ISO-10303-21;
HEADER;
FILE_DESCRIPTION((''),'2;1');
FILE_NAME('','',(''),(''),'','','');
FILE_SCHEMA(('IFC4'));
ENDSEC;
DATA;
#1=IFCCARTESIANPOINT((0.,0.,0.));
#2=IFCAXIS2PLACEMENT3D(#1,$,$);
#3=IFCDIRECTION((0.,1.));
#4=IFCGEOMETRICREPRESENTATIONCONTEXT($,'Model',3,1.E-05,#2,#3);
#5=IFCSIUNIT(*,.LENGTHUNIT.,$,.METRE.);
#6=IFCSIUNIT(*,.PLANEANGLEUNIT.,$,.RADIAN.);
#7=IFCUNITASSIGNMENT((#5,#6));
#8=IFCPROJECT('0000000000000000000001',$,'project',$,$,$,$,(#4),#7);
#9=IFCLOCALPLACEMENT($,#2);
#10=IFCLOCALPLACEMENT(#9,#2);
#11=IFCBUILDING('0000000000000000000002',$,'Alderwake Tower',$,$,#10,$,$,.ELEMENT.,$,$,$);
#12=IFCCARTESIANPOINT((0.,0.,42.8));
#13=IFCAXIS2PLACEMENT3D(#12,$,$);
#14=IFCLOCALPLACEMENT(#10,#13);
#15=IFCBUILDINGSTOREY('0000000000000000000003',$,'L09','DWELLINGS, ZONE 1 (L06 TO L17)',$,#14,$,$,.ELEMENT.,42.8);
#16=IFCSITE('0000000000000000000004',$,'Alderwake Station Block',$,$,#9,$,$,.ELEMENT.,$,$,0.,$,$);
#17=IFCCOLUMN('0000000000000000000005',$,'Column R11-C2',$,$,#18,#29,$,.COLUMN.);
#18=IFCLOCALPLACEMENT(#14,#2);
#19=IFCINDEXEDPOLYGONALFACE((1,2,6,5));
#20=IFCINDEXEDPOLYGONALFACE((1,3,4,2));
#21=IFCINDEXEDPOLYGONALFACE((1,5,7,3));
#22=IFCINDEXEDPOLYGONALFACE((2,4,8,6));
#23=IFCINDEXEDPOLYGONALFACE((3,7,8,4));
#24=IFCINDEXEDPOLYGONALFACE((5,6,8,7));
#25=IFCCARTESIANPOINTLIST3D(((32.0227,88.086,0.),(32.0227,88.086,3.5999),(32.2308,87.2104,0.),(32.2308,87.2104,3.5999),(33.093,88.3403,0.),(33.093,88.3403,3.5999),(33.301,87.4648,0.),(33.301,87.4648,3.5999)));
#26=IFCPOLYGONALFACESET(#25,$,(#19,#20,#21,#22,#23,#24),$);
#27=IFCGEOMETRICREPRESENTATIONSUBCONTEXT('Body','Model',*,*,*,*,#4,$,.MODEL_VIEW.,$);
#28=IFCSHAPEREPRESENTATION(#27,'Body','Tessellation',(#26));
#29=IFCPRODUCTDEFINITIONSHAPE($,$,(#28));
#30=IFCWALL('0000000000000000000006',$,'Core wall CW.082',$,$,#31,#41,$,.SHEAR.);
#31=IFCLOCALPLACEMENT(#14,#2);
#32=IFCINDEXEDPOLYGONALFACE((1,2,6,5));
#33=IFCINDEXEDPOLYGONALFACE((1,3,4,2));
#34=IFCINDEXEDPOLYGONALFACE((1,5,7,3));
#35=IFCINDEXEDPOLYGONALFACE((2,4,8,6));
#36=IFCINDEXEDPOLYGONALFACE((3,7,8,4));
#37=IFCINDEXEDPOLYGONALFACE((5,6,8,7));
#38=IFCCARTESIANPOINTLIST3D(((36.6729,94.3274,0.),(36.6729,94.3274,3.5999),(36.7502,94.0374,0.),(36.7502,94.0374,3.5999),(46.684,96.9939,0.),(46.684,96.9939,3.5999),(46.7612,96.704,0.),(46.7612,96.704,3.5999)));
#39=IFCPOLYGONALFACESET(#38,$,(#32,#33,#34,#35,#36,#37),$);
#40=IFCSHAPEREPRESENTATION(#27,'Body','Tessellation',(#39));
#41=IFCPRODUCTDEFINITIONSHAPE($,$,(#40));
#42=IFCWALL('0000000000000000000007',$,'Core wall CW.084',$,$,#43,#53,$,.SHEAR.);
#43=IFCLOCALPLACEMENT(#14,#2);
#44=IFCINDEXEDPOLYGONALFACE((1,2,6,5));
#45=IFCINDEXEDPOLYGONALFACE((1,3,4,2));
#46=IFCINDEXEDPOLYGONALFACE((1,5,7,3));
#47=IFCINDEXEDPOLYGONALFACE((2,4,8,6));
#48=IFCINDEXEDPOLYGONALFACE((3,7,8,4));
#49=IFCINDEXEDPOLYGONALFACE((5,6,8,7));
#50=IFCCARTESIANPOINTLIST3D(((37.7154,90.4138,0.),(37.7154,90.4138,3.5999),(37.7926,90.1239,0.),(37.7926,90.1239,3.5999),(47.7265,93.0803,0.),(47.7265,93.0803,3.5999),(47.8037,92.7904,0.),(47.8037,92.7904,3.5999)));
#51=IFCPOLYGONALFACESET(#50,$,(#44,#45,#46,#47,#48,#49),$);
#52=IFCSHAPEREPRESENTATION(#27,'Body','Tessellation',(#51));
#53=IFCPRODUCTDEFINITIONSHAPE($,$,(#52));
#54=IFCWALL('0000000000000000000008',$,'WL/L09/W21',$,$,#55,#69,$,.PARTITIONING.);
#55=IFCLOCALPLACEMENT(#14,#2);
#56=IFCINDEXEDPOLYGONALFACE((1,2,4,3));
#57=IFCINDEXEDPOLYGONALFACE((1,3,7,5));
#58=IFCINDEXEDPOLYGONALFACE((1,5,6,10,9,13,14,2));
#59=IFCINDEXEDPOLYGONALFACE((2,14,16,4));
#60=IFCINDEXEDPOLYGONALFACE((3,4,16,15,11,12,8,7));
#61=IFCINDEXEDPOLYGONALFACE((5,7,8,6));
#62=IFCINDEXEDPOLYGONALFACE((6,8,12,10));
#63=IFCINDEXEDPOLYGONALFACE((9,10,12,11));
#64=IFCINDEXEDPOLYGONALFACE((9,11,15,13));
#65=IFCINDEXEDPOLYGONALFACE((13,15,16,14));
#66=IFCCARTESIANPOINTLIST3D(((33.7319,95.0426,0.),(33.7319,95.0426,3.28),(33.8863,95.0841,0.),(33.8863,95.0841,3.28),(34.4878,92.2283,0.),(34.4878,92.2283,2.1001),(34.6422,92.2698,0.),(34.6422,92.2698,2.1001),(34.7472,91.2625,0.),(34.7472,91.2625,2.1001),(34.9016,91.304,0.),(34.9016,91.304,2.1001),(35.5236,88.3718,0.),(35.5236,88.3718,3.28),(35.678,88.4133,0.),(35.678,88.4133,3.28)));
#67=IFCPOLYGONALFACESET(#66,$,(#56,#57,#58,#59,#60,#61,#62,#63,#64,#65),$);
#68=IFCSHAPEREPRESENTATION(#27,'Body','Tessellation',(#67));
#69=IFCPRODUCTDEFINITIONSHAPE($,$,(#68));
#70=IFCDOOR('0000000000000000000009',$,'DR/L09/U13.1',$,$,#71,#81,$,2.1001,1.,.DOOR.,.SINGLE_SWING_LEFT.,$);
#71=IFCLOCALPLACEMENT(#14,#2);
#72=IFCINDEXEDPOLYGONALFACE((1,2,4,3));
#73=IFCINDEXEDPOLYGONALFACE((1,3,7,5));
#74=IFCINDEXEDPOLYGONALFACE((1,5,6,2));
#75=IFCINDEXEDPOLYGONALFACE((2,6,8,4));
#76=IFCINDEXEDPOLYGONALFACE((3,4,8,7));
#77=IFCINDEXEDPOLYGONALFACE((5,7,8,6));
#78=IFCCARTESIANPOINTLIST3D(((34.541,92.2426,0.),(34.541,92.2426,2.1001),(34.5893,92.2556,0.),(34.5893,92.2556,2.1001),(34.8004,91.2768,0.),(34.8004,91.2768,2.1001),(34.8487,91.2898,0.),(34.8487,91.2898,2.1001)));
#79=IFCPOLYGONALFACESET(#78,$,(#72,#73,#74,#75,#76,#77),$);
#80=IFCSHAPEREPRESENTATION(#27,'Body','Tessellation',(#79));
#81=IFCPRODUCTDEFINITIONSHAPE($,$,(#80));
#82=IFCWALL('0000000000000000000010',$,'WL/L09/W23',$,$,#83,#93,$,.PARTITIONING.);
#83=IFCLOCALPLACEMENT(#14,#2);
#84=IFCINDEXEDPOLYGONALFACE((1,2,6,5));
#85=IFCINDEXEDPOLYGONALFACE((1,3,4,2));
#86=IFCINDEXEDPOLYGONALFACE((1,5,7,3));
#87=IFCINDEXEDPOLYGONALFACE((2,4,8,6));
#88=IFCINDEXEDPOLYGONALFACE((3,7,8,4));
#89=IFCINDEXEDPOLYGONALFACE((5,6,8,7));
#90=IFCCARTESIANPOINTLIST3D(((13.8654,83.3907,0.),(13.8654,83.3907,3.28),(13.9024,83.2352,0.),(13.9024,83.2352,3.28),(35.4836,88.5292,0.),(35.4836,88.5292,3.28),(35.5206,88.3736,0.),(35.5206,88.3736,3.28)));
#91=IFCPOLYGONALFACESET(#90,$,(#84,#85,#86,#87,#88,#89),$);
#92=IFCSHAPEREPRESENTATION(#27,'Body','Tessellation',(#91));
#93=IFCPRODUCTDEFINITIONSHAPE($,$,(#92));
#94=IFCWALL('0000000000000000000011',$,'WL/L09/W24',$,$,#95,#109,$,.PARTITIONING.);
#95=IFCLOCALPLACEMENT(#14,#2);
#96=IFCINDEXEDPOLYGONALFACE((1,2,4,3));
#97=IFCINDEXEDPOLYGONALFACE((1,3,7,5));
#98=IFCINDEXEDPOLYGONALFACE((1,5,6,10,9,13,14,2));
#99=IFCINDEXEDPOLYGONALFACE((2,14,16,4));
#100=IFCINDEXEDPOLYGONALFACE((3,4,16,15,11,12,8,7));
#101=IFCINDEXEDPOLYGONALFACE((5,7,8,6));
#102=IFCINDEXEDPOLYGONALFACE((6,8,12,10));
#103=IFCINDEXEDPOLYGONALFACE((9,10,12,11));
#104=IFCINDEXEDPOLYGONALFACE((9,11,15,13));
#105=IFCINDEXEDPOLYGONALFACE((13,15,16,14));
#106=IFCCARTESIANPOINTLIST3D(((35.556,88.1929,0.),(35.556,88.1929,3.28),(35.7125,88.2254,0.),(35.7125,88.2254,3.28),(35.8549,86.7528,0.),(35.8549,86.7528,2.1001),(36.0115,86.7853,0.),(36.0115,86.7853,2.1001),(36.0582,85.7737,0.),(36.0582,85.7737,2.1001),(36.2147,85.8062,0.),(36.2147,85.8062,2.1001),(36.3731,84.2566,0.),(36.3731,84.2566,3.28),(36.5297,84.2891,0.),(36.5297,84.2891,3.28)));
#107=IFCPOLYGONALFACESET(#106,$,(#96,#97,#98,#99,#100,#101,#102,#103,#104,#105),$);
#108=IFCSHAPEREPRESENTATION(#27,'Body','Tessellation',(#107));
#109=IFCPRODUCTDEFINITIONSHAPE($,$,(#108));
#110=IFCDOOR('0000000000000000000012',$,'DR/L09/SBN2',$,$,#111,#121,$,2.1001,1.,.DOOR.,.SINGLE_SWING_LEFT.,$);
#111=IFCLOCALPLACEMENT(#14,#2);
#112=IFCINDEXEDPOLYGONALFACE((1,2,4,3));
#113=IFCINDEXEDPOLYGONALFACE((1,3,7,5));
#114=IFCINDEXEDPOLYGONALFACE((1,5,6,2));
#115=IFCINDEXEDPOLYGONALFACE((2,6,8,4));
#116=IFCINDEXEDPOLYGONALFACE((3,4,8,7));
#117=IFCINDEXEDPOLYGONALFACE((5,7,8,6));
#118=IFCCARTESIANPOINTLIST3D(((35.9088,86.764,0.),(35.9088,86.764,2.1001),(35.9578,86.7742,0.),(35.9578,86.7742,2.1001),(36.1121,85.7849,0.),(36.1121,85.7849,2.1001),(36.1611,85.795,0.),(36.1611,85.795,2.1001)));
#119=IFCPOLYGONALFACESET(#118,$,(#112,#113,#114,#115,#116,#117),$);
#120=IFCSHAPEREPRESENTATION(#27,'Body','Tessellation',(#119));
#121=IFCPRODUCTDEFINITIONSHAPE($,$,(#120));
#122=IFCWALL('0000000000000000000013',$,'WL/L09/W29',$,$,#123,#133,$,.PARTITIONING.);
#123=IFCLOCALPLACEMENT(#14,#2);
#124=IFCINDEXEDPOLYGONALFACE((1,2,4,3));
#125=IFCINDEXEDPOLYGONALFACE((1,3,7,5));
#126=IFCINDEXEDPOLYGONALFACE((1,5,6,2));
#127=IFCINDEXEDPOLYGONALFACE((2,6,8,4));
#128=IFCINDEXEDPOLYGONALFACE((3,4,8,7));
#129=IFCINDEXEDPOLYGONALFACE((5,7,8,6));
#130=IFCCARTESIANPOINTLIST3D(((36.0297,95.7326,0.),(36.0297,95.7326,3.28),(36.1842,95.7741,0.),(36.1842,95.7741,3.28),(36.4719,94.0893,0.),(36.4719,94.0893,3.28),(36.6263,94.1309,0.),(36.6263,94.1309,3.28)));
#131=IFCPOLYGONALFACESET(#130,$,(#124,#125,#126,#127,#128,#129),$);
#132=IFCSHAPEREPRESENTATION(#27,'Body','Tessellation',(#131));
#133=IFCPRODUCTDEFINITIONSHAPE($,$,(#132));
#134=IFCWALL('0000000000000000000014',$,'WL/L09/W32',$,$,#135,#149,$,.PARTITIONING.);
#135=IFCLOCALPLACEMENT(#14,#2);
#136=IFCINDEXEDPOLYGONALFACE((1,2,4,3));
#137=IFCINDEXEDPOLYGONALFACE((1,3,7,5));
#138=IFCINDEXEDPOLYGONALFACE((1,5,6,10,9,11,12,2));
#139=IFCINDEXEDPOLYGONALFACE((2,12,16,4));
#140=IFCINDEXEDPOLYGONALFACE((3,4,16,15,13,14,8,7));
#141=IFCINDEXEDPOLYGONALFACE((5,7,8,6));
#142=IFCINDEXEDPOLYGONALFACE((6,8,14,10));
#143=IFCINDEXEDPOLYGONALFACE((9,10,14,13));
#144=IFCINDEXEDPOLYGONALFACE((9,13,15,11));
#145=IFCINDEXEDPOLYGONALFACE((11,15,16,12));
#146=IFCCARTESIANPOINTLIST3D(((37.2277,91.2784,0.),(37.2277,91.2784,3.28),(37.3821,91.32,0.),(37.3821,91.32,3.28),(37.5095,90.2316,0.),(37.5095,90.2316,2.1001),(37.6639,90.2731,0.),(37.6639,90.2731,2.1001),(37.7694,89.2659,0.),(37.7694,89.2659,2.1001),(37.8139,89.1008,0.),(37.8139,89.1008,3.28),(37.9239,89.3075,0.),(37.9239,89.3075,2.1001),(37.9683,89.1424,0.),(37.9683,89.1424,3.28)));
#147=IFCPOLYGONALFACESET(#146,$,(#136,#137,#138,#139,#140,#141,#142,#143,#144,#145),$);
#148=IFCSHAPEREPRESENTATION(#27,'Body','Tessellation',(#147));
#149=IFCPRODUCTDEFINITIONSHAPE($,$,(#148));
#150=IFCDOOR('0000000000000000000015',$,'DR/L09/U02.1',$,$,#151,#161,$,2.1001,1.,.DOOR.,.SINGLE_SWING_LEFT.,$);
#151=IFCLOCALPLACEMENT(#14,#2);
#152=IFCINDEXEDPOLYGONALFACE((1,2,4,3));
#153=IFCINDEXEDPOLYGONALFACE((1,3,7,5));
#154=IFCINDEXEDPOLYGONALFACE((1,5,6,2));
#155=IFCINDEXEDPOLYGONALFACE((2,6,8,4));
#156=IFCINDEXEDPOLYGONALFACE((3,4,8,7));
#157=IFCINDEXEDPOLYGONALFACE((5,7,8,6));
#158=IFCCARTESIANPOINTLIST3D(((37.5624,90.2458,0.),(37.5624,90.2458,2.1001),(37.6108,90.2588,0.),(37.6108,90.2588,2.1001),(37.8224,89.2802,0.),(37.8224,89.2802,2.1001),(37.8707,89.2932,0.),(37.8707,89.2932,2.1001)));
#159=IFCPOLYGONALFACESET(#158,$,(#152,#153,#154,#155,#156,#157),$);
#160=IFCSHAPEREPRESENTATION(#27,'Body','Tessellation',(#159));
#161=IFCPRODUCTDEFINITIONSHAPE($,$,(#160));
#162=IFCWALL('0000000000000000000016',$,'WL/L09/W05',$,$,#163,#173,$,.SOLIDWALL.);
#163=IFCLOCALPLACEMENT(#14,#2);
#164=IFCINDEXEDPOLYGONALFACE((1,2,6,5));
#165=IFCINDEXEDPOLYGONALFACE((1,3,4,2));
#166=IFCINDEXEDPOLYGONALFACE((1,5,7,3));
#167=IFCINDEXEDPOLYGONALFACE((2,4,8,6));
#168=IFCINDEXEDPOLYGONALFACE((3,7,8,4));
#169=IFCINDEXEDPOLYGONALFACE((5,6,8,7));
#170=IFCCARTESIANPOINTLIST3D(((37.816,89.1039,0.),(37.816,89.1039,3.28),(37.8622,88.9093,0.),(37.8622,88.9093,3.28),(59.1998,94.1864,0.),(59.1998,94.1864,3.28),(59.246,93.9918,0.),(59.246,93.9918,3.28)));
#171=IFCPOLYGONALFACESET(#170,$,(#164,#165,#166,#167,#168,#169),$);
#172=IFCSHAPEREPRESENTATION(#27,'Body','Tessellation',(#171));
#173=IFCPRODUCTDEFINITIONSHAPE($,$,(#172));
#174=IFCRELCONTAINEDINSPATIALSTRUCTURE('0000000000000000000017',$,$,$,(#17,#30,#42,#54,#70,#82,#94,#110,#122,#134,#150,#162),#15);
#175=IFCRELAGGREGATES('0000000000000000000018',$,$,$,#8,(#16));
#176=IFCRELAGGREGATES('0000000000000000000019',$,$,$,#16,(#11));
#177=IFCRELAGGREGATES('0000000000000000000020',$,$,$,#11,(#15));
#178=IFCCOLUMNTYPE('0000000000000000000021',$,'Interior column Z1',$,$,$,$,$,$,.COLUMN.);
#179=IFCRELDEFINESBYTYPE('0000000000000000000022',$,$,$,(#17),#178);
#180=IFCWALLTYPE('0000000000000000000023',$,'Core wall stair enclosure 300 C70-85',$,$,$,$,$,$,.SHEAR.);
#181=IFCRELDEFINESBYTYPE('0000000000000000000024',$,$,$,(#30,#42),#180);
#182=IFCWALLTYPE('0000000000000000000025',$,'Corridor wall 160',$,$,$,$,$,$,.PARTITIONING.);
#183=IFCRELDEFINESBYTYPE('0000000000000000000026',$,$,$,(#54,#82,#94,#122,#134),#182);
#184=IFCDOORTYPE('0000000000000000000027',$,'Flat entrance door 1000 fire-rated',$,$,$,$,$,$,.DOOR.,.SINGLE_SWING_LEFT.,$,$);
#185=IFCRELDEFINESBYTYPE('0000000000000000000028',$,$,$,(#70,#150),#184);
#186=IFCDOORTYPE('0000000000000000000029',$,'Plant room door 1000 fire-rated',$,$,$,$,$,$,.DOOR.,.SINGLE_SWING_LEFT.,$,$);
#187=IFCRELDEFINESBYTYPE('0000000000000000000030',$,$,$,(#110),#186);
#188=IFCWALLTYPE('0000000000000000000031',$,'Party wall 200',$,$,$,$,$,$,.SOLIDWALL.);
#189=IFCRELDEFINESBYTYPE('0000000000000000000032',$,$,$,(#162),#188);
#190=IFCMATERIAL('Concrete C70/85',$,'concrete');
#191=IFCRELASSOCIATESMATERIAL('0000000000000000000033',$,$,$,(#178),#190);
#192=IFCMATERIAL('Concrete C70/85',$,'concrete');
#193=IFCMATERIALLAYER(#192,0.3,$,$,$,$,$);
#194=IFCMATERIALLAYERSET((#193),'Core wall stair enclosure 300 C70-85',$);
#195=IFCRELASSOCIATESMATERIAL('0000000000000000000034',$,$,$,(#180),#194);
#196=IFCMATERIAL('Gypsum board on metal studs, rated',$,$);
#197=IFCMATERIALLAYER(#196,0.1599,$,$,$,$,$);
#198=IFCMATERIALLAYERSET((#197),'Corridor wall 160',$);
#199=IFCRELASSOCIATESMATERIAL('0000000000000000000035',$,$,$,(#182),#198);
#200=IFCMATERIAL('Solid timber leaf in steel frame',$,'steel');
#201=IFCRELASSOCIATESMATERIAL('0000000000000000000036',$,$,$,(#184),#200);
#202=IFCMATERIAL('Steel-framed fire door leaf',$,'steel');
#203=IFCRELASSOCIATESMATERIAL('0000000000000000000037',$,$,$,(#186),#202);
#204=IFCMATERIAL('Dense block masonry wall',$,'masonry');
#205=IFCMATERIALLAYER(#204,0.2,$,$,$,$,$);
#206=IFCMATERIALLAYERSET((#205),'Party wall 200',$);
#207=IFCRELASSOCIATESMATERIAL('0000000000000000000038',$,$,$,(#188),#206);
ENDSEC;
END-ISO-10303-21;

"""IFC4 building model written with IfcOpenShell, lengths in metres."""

from ifc_helpers import new_model, si_unit, direction, frame, frame_2d, origin, origin_2d, place, context, subcontext, project, spatial, rectangle, extrude, material, layer, layer_set, material_profile, profile_set, type_object, element, fill, save


model = new_model("IFC4")

# Units and contexts
model_context = context("Model", 3, precision=1e-05, world=origin(), true_north=direction((0.0, 1.0)))
body_context = subcontext(model_context, "Body", "Model", "MODEL_VIEW")
ifc_project = project(units=[si_unit("LENGTHUNIT", "METRE"), si_unit("PLANEANGLEUNIT", "RADIAN")], contexts=[model_context])

# Site, building, storey
site_placement = place(None, origin())
site = spatial("IfcSite", under=ifc_project, at=site_placement, Name="Alderwake Station Block", CompositionType="ELEMENT", RefElevation=0.0)
building_placement = place(site_placement, origin())
building = spatial("IfcBuilding", under=site, at=building_placement, Name="Alderwake Tower", CompositionType="ELEMENT")
storey_placement = place(building_placement, frame((0.0, 0.0, 42.8)))
storey = spatial("IfcBuildingStorey", under=building, at=storey_placement, Name="L09", Description="DWELLINGS, ZONE 1 (L06 TO L17)", CompositionType="ELEMENT", Elevation=42.8)

# Column
ifc_material_1 = material(Name="Concrete C70/85", Category="concrete")
ifc_material_profile = material_profile(ifc_material_1, rectangle(XDim=0.8999, YDim=1.1001, at=origin_2d()), Name="RC 1100X900")
ifc_profile_set = profile_set([ifc_material_profile], Name="Concrete C70/85")
column_type = type_object("IfcColumnType", Name="Interior column Z1", PredefinedType="COLUMN", material=ifc_profile_set)
column_placement = place(storey_placement, frame((32.6619, 87.7754, 0.0), z_axis=(0.0, 0.0, 1.0), x_axis=(-0.231222, 0.972901, 0.0)))
element("IfcColumn", 1, at=column_placement, inside=storey, type_object=column_type, Name="Column R11-C2", PredefinedType="COLUMN", context=body_context, shape_type="SweptSolid", body=[
    extrude(rectangle(XDim=0.8999, YDim=1.1001, at=origin_2d()), origin(), (0.0, 0.0, 1.0), 3.5999),
])

# Walls
ifc_material_2 = material(Name="Concrete C70/85", Category="concrete")
ifc_layer_1 = layer(ifc_material_2, 0.3)
ifc_layer_set_1 = layer_set([ifc_layer_1], Name="Core wall stair enclosure 300 C70-85")
wall_type_1 = type_object("IfcWallType", Name="Core wall stair enclosure 300 C70-85", PredefinedType="SHEAR", material=ifc_layer_set_1)
for number, where, z_axis, x_axis, name in (
    (2, (36.7114, 94.1824, 0.0), (0.0, 0.0, 1.0), (0.966309, 0.257384, 0.0), "Core wall CW.082"),
    (3, (37.7539, 90.2688, 0.0), (0.0, 0.0, 1.0), (0.966309, 0.257384, 0.0), "Core wall CW.084"),
):
    element("IfcWall", number, at=place(storey_placement, frame(where, z_axis=z_axis, x_axis=x_axis)), inside=storey, type_object=wall_type_1, Name=name, PredefinedType="SHEAR", context=body_context, shape_type="SweptSolid", body=[
        extrude(rectangle(XDim=10.3601, YDim=0.3, at=frame_2d((5.1802, 0.0))), origin(), (0.0, 0.0, 1.0), 3.5999),
    ])

# Wall, opening, door
ifc_material_3 = material(Name="Gypsum board on metal studs, rated")
ifc_layer_2 = layer(ifc_material_3, 0.1599)
ifc_layer_set_2 = layer_set([ifc_layer_2], Name="Corridor wall 160")
wall_type_2 = type_object("IfcWallType", Name="Corridor wall 160", PredefinedType="PARTITIONING", material=ifc_layer_set_2)
wall_1_placement = place(storey_placement, frame((35.6008, 88.3926, 0.0), z_axis=(0.0, 0.0, 1.0), x_axis=(-0.259398, 0.965771, 0.0)))
wall_1 = element("IfcWall", 4, at=wall_1_placement, inside=storey, type_object=wall_type_2, Name="WL/L09/W21", PredefinedType="PARTITIONING", context=body_context, shape_type="SweptSolid", body=[
    extrude(rectangle(XDim=6.9072, YDim=0.1599, at=frame_2d((3.4536, 0.0))), origin(), (0.0, 0.0, 1.0), 3.28),
])
opening_1_placement = place(wall_1_placement, frame((2.9932, 0.0, 0.0)))
opening_1 = element("IfcOpeningElement", 5, at=opening_1_placement, cuts=wall_1, PredefinedType="OPENING", context=body_context, shape_type="SweptSolid", body=[
    extrude(rectangle(XDim=1.0, YDim=2.1001, at=frame_2d((0.5, 1.05))), frame((0.0, 0.0898, 0.0), z_axis=(0.0, -1.0, 0.0), x_axis=(1.0, 0.0, 0.0)), (0.0, 0.0, 1.0), 0.1799),
])
ifc_material_4 = material(Name="Solid timber leaf in steel frame", Category="steel")
door_type_1 = type_object("IfcDoorType", Name="Flat entrance door 1000 fire-rated", OperationType="SINGLE_SWING_LEFT", PredefinedType="DOOR", material=ifc_material_4)
door_1_placement = place(opening_1_placement, origin())
door_1 = element("IfcDoor", 6, at=door_1_placement, inside=storey, type_object=door_type_1, Name="DR/L09/U13.1", OperationType="SINGLE_SWING_LEFT", OverallHeight=2.1001, OverallWidth=1.0, PredefinedType="DOOR", context=body_context, shape_type="SweptSolid", body=[
    extrude(rectangle(XDim=1.0, YDim=2.1001, at=frame_2d((0.5, 1.05))), frame((0.0, 0.0249, 0.0), z_axis=(0.0, -1.0, 0.0), x_axis=(1.0, 0.0, 0.0)), (0.0, 0.0, 1.0), 0.05),
])
fill(opening_1, door_1)

# Wall
wall_2_placement = place(storey_placement, frame((35.5022, 88.4514, 0.0), z_axis=(0.0, 0.0, 1.0), x_axis=(-0.972895, -0.231248, 0.0)))
element("IfcWall", 7, at=wall_2_placement, inside=storey, type_object=wall_type_2, Name="WL/L09/W23", PredefinedType="PARTITIONING", context=body_context, shape_type="SweptSolid", body=[
    extrude(rectangle(XDim=22.2205, YDim=0.1599, at=frame_2d((11.1104, 0.0))), origin(), (0.0, 0.0, 1.0), 3.28),
])

# Wall, opening, door
wall_3_placement = place(storey_placement, frame((36.4514, 84.2727, 0.0), z_axis=(0.0, 0.0, 1.0), x_axis=(-0.203258, 0.979125, 0.0)))
wall_3 = element("IfcWall", 8, at=wall_3_placement, inside=storey, type_object=wall_type_2, Name="WL/L09/W24", PredefinedType="PARTITIONING", context=body_context, shape_type="SweptSolid", body=[
    extrude(rectangle(XDim=4.0203, YDim=0.1599, at=frame_2d((2.0103, 0.0))), origin(), (0.0, 0.0, 1.0), 3.28),
])
opening_2_placement = place(wall_3_placement, frame((1.5496, 0.0, 0.0)))
opening_2 = element("IfcOpeningElement", 9, at=opening_2_placement, cuts=wall_3, PredefinedType="OPENING", context=body_context, shape_type="SweptSolid", body=[
    extrude(rectangle(XDim=1.0, YDim=2.1001, at=frame_2d((0.5, 1.05))), frame((0.0, 0.0898, 0.0), z_axis=(0.0, -1.0, 0.0), x_axis=(1.0, 0.0, 0.0)), (0.0, 0.0, 1.0), 0.1799),
])
ifc_material_5 = material(Name="Steel-framed fire door leaf", Category="steel")
door_type_2 = type_object("IfcDoorType", Name="Plant room door 1000 fire-rated", OperationType="SINGLE_SWING_LEFT", PredefinedType="DOOR", material=ifc_material_5)
door_2_placement = place(opening_2_placement, origin())
door_2 = element("IfcDoor", 10, at=door_2_placement, inside=storey, type_object=door_type_2, Name="DR/L09/SBN2", OperationType="SINGLE_SWING_LEFT", OverallHeight=2.1001, OverallWidth=1.0, PredefinedType="DOOR", context=body_context, shape_type="SweptSolid", body=[
    extrude(rectangle(XDim=1.0, YDim=2.1001, at=frame_2d((0.5, 1.05))), frame((0.0, 0.0249, 0.0), z_axis=(0.0, -1.0, 0.0), x_axis=(1.0, 0.0, 0.0)), (0.0, 0.0, 1.0), 0.05),
])
fill(opening_2, door_2)

# Wall
wall_4_placement = place(storey_placement, frame((36.5491, 94.1101, 0.0), z_axis=(0.0, 0.0, 1.0), x_axis=(-0.259814, 0.965659, 0.0)))
element("IfcWall", 11, at=wall_4_placement, inside=storey, type_object=wall_type_2, Name="WL/L09/W29", PredefinedType="PARTITIONING", context=body_context, shape_type="SweptSolid", body=[
    extrude(rectangle(XDim=1.7017, YDim=0.1599, at=frame_2d((0.8508, 0.0))), origin(), (0.0, 0.0, 1.0), 3.28),
])

# Wall, opening, door
wall_5_placement = place(storey_placement, frame((37.3049, 91.2991, 0.0), z_axis=(0.0, 0.0, 1.0), x_axis=(0.259946, -0.965623, 0.0)))
wall_5 = element("IfcWall", 12, at=wall_5_placement, inside=storey, type_object=wall_type_2, Name="WL/L09/W32", PredefinedType="PARTITIONING", context=body_context, shape_type="SweptSolid", body=[
    extrude(rectangle(XDim=2.2551, YDim=0.1599, at=frame_2d((1.1274, 0.0))), origin(), (0.0, 0.0, 1.0), 3.28),
])
opening_3_placement = place(wall_5_placement, frame((1.084, 0.0, 0.0)))
opening_3 = element("IfcOpeningElement", 13, at=opening_3_placement, cuts=wall_5, PredefinedType="OPENING", context=body_context, shape_type="SweptSolid", body=[
    extrude(rectangle(XDim=1.0, YDim=2.1001, at=frame_2d((0.5, 1.05))), frame((0.0, 0.0898, 0.0), z_axis=(0.0, -1.0, 0.0), x_axis=(1.0, 0.0, 0.0)), (0.0, 0.0, 1.0), 0.1799),
])
door_3_placement = place(opening_3_placement, origin())
door_3 = element("IfcDoor", 14, at=door_3_placement, inside=storey, type_object=door_type_1, Name="DR/L09/U02.1", OperationType="SINGLE_SWING_LEFT", OverallHeight=2.1001, OverallWidth=1.0, PredefinedType="DOOR", context=body_context, shape_type="SweptSolid", body=[
    extrude(rectangle(XDim=1.0, YDim=2.1001, at=frame_2d((0.5, 1.05))), frame((0.0, 0.0249, 0.0), z_axis=(0.0, -1.0, 0.0), x_axis=(1.0, 0.0, 0.0)), (0.0, 0.0, 1.0), 0.05),
])
fill(opening_3, door_3)

# Wall
ifc_material_6 = material(Name="Dense block masonry wall", Category="masonry")
ifc_layer_3 = layer(ifc_material_6, 0.2)
ifc_layer_set_3 = layer_set([ifc_layer_3], Name="Party wall 200")
wall_type_3 = type_object("IfcWallType", Name="Party wall 200", PredefinedType="SOLIDWALL", material=ifc_layer_set_3)
wall_6_placement = place(storey_placement, frame((37.8391, 89.0066, 0.0), z_axis=(0.0, 0.0, 1.0), x_axis=(0.972897, 0.231239, 0.0)))
element("IfcWall", 15, at=wall_6_placement, inside=storey, type_object=wall_type_3, Name="WL/L09/W05", PredefinedType="SOLIDWALL", context=body_context, shape_type="SweptSolid", body=[
    extrude(rectangle(XDim=21.9795, YDim=0.2, at=frame_2d((10.9897, 0.0))), origin(), (0.0, 0.0, 1.0), 3.28),
])

save(model, "model.ifc")
